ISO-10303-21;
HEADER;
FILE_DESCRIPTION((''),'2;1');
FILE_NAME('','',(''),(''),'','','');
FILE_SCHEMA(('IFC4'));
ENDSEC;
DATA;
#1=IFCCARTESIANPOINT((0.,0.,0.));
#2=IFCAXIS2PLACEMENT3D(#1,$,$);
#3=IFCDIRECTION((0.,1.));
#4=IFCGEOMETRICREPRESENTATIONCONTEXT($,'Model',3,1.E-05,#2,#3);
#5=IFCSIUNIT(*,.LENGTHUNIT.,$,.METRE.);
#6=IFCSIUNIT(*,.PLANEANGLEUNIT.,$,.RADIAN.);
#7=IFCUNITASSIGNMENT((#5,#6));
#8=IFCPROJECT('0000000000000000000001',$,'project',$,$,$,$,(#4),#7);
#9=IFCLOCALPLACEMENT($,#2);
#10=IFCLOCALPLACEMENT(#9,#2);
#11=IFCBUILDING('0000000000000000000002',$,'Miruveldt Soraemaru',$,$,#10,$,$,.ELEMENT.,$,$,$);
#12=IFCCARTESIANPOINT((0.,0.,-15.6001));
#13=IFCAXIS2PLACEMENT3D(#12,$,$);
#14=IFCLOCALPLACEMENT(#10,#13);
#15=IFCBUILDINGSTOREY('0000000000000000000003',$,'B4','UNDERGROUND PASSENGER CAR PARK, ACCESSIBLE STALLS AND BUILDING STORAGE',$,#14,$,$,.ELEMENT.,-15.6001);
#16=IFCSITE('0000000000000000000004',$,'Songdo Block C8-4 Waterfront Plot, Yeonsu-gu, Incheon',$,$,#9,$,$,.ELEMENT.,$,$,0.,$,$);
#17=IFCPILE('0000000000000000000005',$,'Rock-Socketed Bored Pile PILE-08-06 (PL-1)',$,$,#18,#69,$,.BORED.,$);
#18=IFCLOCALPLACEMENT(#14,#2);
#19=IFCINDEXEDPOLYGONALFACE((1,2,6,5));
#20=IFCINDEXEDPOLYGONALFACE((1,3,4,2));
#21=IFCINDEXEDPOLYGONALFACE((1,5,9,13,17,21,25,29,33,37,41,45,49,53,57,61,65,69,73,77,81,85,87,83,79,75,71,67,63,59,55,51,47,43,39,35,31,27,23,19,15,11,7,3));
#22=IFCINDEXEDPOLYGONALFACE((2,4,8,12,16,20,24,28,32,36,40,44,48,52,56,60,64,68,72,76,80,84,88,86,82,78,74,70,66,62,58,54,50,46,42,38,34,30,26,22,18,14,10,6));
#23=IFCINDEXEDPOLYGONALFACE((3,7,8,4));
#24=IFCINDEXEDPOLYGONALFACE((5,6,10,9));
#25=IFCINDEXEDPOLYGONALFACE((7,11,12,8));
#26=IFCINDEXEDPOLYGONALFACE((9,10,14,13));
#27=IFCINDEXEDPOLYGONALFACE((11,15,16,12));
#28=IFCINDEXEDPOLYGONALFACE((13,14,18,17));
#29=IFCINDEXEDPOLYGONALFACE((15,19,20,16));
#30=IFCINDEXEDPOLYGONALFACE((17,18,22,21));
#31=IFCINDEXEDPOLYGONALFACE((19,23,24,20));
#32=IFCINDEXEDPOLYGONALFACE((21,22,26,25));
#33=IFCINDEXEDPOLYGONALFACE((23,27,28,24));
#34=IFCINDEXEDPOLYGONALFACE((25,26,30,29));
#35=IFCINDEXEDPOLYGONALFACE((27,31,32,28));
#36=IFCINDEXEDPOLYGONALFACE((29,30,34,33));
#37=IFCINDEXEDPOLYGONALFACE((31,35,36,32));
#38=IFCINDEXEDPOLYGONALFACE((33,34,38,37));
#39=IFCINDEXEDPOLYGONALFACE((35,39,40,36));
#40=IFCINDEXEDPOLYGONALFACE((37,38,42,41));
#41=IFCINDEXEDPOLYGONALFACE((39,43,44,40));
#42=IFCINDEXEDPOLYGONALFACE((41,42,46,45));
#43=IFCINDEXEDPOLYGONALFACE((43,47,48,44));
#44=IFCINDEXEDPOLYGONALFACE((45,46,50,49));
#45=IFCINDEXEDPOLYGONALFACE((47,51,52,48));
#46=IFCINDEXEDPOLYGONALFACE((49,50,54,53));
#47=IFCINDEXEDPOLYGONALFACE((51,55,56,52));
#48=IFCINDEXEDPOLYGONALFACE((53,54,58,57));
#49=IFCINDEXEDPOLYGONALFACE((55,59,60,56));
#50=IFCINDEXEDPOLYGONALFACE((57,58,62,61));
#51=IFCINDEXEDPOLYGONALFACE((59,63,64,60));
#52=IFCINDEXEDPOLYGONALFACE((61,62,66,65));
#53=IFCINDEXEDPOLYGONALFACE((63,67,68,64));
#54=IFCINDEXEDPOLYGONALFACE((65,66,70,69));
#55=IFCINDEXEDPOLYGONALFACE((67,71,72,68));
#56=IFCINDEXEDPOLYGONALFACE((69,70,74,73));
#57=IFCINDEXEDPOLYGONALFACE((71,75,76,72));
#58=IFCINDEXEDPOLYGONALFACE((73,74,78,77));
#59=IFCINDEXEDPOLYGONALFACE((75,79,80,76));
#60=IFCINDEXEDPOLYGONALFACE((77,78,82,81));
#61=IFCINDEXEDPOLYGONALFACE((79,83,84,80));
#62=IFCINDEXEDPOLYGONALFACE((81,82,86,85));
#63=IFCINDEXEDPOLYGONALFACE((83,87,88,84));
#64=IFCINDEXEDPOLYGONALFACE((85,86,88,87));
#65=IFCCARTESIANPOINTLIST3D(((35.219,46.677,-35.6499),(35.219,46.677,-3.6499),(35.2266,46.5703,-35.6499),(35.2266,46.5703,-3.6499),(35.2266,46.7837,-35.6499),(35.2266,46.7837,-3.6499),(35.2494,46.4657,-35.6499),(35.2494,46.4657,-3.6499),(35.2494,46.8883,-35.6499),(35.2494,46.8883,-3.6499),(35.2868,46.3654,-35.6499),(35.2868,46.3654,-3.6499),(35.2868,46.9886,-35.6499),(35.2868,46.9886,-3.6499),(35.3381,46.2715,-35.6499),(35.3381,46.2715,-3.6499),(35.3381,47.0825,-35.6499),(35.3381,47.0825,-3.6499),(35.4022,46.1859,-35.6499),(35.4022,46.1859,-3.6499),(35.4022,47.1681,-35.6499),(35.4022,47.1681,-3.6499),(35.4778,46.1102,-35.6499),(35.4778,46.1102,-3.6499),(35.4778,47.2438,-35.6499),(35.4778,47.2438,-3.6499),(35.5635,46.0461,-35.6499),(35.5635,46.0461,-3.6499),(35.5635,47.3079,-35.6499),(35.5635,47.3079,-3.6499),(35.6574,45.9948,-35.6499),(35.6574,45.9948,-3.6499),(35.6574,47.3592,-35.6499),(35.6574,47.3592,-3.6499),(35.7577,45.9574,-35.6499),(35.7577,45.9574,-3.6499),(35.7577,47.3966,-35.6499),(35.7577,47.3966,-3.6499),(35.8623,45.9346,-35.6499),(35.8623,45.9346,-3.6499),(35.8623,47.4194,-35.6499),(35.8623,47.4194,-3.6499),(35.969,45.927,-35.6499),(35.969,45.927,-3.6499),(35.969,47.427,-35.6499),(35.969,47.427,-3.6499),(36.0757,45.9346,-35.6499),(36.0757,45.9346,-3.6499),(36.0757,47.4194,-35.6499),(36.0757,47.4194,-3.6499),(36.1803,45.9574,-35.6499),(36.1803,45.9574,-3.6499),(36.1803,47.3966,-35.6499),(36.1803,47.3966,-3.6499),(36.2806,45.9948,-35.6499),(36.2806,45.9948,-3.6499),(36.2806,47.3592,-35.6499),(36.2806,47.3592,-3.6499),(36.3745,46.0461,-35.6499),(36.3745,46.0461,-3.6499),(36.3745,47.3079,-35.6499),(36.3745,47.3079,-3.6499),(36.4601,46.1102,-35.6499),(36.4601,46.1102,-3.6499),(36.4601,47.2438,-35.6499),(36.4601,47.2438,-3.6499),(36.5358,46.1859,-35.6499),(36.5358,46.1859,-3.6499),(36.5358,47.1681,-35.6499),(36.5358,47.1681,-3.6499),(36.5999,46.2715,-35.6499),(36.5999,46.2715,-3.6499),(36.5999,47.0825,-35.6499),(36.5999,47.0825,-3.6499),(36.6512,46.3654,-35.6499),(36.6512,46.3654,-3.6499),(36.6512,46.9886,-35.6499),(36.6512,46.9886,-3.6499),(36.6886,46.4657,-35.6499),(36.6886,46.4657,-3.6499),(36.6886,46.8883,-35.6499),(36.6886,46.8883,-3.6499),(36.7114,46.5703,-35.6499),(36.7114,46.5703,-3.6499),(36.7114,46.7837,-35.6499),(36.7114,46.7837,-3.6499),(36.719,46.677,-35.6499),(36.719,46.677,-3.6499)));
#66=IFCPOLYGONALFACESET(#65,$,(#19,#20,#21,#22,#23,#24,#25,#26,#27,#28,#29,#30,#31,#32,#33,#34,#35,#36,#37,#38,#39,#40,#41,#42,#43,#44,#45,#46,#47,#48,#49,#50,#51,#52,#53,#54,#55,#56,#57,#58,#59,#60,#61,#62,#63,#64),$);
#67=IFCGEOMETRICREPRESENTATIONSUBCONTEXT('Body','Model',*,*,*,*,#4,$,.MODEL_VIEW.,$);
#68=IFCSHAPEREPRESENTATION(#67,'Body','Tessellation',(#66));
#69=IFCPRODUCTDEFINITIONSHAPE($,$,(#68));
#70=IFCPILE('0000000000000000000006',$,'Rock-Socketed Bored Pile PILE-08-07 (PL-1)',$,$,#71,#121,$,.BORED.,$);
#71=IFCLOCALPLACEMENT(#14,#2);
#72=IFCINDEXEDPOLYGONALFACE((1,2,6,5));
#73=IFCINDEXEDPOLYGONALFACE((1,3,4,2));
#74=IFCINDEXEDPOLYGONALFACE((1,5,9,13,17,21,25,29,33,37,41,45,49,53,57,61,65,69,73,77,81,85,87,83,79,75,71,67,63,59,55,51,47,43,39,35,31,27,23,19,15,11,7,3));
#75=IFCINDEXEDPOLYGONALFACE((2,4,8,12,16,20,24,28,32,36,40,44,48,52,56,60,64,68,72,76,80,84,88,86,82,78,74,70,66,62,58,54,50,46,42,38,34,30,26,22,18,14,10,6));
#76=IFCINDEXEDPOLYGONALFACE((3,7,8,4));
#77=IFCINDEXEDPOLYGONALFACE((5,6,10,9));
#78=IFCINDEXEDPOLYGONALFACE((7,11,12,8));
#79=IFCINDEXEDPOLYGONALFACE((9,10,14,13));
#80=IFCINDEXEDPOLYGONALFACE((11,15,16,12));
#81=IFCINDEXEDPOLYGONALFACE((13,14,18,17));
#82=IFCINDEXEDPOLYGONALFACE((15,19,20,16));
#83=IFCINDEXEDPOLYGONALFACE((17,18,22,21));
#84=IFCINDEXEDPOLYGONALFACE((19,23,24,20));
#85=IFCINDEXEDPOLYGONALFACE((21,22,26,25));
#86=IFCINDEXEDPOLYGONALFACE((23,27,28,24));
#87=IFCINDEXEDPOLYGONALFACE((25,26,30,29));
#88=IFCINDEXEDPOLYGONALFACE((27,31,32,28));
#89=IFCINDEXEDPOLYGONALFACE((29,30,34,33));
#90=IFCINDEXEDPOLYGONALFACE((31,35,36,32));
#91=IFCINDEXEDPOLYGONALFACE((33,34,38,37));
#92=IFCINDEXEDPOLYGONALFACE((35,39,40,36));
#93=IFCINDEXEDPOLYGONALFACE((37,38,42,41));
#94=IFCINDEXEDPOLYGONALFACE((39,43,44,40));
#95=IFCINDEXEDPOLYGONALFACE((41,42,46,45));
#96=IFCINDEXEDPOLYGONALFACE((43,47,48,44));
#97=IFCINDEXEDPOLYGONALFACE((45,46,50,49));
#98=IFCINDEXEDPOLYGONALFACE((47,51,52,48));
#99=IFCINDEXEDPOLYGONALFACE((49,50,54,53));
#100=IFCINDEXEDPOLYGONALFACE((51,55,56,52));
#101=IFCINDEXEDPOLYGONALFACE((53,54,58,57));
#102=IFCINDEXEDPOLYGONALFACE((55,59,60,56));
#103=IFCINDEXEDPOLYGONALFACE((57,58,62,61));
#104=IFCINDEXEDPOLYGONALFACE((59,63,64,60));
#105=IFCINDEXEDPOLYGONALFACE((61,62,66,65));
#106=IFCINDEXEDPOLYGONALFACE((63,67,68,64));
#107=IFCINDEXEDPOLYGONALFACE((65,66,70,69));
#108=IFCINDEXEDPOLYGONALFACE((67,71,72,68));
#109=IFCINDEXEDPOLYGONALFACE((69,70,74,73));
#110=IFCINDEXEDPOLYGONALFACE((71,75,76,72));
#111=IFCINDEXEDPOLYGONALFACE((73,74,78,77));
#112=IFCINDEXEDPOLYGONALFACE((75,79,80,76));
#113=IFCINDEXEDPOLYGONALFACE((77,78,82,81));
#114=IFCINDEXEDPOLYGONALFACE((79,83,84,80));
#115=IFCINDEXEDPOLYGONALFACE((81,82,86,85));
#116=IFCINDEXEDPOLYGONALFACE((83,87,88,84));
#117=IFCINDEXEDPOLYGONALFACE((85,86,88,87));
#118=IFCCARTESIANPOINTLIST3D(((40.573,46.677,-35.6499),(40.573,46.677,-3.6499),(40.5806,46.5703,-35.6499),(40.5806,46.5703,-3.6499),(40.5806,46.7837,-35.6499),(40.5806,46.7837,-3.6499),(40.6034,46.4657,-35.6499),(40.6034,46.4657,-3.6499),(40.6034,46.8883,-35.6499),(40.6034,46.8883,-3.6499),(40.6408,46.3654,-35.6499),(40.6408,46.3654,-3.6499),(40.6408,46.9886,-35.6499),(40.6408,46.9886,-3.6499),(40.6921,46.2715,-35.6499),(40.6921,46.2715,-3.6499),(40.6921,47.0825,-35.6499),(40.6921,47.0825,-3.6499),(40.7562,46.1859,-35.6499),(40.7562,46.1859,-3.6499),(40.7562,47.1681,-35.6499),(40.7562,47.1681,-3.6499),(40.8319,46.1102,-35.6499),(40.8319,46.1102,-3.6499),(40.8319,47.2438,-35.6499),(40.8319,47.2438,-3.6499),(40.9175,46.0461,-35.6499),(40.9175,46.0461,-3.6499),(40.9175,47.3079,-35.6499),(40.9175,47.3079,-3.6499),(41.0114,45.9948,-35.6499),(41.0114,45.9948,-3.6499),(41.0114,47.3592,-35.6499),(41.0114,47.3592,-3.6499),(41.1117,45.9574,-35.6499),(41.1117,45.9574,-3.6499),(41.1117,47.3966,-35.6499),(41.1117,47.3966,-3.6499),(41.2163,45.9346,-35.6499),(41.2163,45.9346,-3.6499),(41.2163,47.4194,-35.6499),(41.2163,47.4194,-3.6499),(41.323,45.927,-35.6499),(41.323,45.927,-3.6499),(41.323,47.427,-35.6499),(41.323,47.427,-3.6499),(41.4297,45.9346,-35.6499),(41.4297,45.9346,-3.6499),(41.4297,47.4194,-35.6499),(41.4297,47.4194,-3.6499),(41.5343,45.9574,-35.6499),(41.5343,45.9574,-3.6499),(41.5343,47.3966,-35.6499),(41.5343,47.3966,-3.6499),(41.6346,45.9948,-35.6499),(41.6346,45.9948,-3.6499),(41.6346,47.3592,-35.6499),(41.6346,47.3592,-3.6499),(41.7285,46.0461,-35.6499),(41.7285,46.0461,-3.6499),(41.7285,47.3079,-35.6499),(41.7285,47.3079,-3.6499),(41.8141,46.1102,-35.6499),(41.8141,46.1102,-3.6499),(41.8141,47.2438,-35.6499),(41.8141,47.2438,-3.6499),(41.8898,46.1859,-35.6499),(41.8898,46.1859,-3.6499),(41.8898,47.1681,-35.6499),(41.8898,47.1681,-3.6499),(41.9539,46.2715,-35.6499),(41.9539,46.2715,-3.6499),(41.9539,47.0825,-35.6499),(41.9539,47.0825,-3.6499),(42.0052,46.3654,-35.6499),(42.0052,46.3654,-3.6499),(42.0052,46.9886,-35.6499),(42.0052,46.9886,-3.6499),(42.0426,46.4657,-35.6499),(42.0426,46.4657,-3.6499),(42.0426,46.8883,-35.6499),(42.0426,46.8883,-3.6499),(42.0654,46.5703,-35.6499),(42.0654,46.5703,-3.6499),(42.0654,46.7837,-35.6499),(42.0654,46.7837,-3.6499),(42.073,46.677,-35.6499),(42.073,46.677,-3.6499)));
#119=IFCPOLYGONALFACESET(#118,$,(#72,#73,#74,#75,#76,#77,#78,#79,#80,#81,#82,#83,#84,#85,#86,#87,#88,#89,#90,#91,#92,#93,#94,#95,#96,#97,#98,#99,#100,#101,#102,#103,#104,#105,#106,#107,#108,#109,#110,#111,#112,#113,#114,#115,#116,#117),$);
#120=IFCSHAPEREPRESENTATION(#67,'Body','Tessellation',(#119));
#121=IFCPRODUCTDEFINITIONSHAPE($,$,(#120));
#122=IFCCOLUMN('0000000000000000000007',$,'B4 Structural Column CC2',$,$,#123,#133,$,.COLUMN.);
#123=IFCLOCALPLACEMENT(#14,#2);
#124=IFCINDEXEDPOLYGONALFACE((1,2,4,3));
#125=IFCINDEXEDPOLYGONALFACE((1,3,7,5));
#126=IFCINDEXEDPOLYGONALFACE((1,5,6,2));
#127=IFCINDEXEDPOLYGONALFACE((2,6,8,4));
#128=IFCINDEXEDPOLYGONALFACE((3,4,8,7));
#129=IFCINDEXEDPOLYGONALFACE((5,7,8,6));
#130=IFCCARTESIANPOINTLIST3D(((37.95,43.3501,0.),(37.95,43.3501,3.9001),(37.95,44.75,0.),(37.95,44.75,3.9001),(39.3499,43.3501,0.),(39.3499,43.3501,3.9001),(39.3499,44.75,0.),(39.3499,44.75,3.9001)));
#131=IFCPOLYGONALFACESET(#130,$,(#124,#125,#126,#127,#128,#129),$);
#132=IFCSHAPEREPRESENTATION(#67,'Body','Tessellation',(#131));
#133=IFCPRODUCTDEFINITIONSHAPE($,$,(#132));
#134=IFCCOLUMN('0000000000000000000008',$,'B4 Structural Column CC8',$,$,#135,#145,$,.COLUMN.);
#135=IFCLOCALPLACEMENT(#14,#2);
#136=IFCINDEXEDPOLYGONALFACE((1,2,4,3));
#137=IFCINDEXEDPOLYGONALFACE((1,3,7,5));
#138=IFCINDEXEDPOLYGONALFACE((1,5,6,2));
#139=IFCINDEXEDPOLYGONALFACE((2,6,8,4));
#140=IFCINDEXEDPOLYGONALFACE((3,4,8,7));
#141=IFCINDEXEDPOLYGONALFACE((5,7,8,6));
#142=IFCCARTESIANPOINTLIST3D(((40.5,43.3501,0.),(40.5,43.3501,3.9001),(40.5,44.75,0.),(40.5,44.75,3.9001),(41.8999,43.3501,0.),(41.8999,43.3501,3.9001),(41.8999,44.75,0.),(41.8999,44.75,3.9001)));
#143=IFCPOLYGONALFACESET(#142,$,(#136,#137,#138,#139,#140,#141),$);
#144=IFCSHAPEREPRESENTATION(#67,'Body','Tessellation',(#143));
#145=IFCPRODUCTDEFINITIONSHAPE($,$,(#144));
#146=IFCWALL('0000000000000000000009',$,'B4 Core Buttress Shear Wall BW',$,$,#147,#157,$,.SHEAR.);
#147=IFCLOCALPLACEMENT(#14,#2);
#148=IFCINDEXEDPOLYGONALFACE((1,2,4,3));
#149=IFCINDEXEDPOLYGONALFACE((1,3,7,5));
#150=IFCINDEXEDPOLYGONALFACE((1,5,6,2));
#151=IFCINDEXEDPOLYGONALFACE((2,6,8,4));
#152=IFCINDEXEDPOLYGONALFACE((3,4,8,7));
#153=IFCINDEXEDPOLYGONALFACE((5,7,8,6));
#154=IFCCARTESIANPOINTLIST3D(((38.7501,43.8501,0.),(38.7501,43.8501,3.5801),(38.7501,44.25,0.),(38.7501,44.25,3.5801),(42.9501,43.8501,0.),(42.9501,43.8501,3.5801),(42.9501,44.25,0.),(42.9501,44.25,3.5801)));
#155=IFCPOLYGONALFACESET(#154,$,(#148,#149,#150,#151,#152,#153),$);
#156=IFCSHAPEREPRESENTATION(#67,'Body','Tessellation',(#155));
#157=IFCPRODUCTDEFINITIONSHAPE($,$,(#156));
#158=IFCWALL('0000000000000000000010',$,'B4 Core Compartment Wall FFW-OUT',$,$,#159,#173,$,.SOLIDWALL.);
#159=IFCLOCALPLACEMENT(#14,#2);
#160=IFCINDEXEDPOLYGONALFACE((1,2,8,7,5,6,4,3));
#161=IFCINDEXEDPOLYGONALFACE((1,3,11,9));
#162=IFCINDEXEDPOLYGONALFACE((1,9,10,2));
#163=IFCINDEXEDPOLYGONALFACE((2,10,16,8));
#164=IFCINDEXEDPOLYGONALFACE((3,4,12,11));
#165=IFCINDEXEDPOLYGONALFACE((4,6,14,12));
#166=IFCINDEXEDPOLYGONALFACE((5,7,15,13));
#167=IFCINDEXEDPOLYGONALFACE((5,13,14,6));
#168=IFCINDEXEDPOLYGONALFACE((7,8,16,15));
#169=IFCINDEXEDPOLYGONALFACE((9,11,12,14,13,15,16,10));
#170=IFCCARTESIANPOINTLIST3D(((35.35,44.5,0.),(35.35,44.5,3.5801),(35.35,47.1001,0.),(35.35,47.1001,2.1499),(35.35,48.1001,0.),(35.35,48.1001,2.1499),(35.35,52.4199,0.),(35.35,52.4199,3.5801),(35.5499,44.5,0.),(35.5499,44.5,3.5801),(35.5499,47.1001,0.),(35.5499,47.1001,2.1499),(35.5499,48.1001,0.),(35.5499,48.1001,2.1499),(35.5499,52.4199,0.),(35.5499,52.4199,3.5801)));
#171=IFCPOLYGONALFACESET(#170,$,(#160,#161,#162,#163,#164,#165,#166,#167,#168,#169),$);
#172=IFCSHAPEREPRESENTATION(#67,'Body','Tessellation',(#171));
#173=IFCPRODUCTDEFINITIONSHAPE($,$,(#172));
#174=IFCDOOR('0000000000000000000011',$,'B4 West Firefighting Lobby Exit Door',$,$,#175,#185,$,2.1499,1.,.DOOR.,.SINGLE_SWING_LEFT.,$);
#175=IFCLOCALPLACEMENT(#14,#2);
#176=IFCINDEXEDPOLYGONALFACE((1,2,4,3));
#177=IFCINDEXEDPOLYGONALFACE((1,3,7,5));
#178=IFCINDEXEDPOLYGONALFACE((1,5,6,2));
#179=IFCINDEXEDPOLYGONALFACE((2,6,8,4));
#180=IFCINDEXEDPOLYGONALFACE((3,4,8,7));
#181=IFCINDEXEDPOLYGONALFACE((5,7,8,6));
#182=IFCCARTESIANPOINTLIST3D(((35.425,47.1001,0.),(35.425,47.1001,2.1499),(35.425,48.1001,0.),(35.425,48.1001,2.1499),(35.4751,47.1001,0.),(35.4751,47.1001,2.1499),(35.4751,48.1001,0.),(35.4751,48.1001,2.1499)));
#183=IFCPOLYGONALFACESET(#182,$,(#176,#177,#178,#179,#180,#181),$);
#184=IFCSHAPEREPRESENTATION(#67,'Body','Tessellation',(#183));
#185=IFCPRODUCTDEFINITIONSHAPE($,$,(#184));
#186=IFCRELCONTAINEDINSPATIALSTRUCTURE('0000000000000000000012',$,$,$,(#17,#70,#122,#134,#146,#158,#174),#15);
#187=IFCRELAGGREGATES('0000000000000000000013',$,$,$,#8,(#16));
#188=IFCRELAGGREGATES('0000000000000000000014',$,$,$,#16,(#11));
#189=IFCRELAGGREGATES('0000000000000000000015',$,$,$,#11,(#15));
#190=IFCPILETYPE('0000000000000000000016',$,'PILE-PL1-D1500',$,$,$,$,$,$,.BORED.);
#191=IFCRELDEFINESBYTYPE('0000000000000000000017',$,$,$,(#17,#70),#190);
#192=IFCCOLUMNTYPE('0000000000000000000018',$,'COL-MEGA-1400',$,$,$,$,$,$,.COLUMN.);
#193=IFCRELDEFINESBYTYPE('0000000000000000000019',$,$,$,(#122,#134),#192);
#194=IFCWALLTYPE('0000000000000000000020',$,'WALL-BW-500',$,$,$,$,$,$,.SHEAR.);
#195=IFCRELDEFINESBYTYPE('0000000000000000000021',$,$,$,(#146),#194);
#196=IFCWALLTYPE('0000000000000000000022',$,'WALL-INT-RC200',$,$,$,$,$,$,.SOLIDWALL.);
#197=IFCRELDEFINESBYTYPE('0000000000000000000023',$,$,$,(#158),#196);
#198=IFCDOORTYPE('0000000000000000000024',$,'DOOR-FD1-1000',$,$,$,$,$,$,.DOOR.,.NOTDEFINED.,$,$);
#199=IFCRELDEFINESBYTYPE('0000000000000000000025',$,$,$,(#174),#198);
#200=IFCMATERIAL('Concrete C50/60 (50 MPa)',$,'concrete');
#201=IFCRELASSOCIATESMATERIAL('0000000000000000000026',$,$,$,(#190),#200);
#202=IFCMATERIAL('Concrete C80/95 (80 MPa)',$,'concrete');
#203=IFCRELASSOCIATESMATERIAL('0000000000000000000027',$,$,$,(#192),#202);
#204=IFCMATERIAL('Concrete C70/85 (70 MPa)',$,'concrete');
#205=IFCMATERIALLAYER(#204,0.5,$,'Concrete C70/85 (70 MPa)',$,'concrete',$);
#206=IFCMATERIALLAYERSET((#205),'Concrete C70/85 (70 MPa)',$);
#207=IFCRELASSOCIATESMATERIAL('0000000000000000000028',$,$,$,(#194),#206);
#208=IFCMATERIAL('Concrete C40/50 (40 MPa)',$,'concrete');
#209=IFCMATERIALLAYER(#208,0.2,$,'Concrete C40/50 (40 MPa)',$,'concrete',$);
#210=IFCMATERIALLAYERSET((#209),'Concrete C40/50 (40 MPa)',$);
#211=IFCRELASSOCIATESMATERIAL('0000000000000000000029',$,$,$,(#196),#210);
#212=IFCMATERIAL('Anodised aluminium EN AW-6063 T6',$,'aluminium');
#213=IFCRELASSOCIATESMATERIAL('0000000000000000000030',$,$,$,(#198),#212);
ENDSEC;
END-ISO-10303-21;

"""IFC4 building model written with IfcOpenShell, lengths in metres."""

from ifc_helpers import new_model, si_unit, direction, frame, frame_2d, origin, origin_2d, place, context, subcontext, project, spatial, rectangle, circle, extrude, material, layer, layer_set, material_profile, profile_set, type_object, element, fill, save


model = new_model("IFC4")

# Units and contexts
model_context = context("Model", 3, precision=1e-05, world=origin(), true_north=direction((0.0, 1.0)))
body_context = subcontext(model_context, "Body", "Model", "MODEL_VIEW")
ifc_project = project(units=[si_unit("LENGTHUNIT", "METRE"), si_unit("PLANEANGLEUNIT", "RADIAN")], contexts=[model_context])

# Site, building, storey
site_placement = place(None, origin())
site = spatial("IfcSite", under=ifc_project, at=site_placement, Name="Songdo Block C8-4 Waterfront Plot, Yeonsu-gu, Incheon", CompositionType="ELEMENT", RefElevation=0.0)
building_placement = place(site_placement, origin())
building = spatial("IfcBuilding", under=site, at=building_placement, Name="Miruveldt Soraemaru", CompositionType="ELEMENT")
storey_placement = place(building_placement, frame((0.0, 0.0, -15.6001)))
storey = spatial("IfcBuildingStorey", under=building, at=storey_placement, Name="B4", Description="UNDERGROUND PASSENGER CAR PARK, ACCESSIBLE STALLS AND BUILDING STORAGE", CompositionType="ELEMENT", Elevation=-15.6001)

# Piles
ifc_material_1 = material(Name="Concrete C50/60 (50 MPa)", Category="concrete")
ifc_material_profile_1 = material_profile(ifc_material_1, circle(Radius=0.75, at=origin_2d()), Name="Concrete C50/60 (50 MPa)", Category="concrete")
ifc_profile_set_1 = profile_set([ifc_material_profile_1], Name="Concrete C50/60 (50 MPa)")
pile_type = type_object("IfcPileType", Name="PILE-PL1-D1500", PredefinedType="BORED", material=ifc_profile_set_1)
for number, where, z_axis, x_axis, name in (
    (1, (35.969, 46.677, -3.6499), (0.0, 0.0, -1.0), (1.0, 0.0, 0.0), "Rock-Socketed Bored Pile PILE-08-06 (PL-1)"),
    (2, (41.323, 46.677, -3.6499), (0.0, 0.0, -1.0), (1.0, 0.0, 0.0), "Rock-Socketed Bored Pile PILE-08-07 (PL-1)"),
):
    element("IfcPile", number, at=place(storey_placement, frame(where, z_axis=z_axis, x_axis=x_axis)), inside=storey, type_object=pile_type, Name=name, PredefinedType="BORED", context=body_context, shape_type="SweptSolid", body=[
        extrude(circle(Radius=0.75, at=origin_2d()), origin(), (0.0, 0.0, 1.0), 32.0),
    ])

# Columns
ifc_material_2 = material(Name="Concrete C80/95 (80 MPa)", Category="concrete")
ifc_material_profile_2 = material_profile(ifc_material_2, rectangle(XDim=1.3999, YDim=1.3999, at=origin_2d()), Name="Concrete C80/95 (80 MPa)", Category="concrete")
ifc_profile_set_2 = profile_set([ifc_material_profile_2], Name="Concrete C80/95 (80 MPa)")
column_type = type_object("IfcColumnType", Name="COL-MEGA-1400", PredefinedType="COLUMN", material=ifc_profile_set_2)
for number, where, z_axis, x_axis, name in (
    (3, (38.6499, 44.05, 0.0), (0.0, 0.0, 1.0), (1.0, 0.0, 0.0), "B4 Structural Column CC2"),
    (4, (41.2, 44.05, 0.0), (0.0, 0.0, 1.0), (1.0, 0.0, 0.0), "B4 Structural Column CC8"),
):
    element("IfcColumn", number, at=place(storey_placement, frame(where, z_axis=z_axis, x_axis=x_axis)), inside=storey, type_object=column_type, Name=name, PredefinedType="COLUMN", context=body_context, shape_type="SweptSolid", body=[
        extrude(rectangle(XDim=1.3999, YDim=1.3999, at=origin_2d()), origin(), (0.0, 0.0, 1.0), 3.9001),
    ])

# Wall
ifc_material_3 = material(Name="Concrete C70/85 (70 MPa)", Category="concrete")
ifc_layer_1 = layer(ifc_material_3, 0.5, Name="Concrete C70/85 (70 MPa)", Category="concrete")
ifc_layer_set_1 = layer_set([ifc_layer_1], Name="Concrete C70/85 (70 MPa)")
wall_type_1 = type_object("IfcWallType", Name="WALL-BW-500", PredefinedType="SHEAR", material=ifc_layer_set_1)
wall_1_placement = place(storey_placement, frame((38.75, 44.05, 0.0), z_axis=(0.0, 0.0, 1.0), x_axis=(1.0, 0.0, 0.0)))
element("IfcWall", 5, at=wall_1_placement, inside=storey, type_object=wall_type_1, Name="B4 Core Buttress Shear Wall BW", PredefinedType="SHEAR", context=body_context, shape_type="SweptSolid", body=[
    extrude(rectangle(XDim=4.2, YDim=0.3999, at=frame_2d((2.1001, 0.0))), origin(), (0.0, 0.0, 1.0), 3.5801),
])

# Wall, opening, door
ifc_material_4 = material(Name="Concrete C40/50 (40 MPa)", Category="concrete")
ifc_layer_2 = layer(ifc_material_4, 0.2, Name="Concrete C40/50 (40 MPa)", Category="concrete")
ifc_layer_set_2 = layer_set([ifc_layer_2], Name="Concrete C40/50 (40 MPa)")
wall_type_2 = type_object("IfcWallType", Name="WALL-INT-RC200", PredefinedType="SOLIDWALL", material=ifc_layer_set_2)
wall_2_placement = place(storey_placement, frame((35.45, 44.5, 0.0), z_axis=(0.0, 0.0, 1.0), x_axis=(0.0, 1.0, 0.0)))
wall_2 = element("IfcWall", 6, at=wall_2_placement, inside=storey, type_object=wall_type_2, Name="B4 Core Compartment Wall FFW-OUT", PredefinedType="SOLIDWALL", context=body_context, shape_type="SweptSolid", body=[
    extrude(rectangle(XDim=7.9199, YDim=0.2, at=frame_2d((3.96, 0.0))), origin(), (0.0, 0.0, 1.0), 3.5801),
])
opening_1_placement = place(wall_2_placement, frame((2.6001, 0.0, 0.0)))
opening_1 = element("IfcOpeningElement", 7, at=opening_1_placement, cuts=wall_2, PredefinedType="OPENING", context=body_context, shape_type="SweptSolid", body=[
    extrude(rectangle(XDim=1.0, YDim=2.1499, at=frame_2d((0.5, 1.075))), frame((0.0, 0.1099, 0.0), z_axis=(0.0, -1.0, 0.0), x_axis=(1.0, 0.0, 0.0)), (0.0, 0.0, 1.0), 0.22),
])
ifc_material_5 = material(Name="Anodised aluminium EN AW-6063 T6", Category="aluminium")
door_type_1 = type_object("IfcDoorType", Name="DOOR-FD1-1000", OperationType="NOTDEFINED", PredefinedType="DOOR", material=ifc_material_5)
door_1_placement = place(opening_1_placement, origin())
door_1 = element("IfcDoor", 8, at=door_1_placement, inside=storey, type_object=door_type_1, Name="B4 West Firefighting Lobby Exit Door", OperationType="SINGLE_SWING_LEFT", OverallHeight=2.1499, OverallWidth=1.0, PredefinedType="DOOR", context=body_context, shape_type="SweptSolid", body=[
    extrude(rectangle(XDim=1.0, YDim=2.1499, at=frame_2d((0.5, 1.075))), frame((0.0, 0.0249, 0.0), z_axis=(0.0, -1.0, 0.0), x_axis=(1.0, 0.0, 0.0)), (0.0, 0.0, 1.0), 0.05),
])
fill(opening_1, door_1)

save(model, "model.ifc")
